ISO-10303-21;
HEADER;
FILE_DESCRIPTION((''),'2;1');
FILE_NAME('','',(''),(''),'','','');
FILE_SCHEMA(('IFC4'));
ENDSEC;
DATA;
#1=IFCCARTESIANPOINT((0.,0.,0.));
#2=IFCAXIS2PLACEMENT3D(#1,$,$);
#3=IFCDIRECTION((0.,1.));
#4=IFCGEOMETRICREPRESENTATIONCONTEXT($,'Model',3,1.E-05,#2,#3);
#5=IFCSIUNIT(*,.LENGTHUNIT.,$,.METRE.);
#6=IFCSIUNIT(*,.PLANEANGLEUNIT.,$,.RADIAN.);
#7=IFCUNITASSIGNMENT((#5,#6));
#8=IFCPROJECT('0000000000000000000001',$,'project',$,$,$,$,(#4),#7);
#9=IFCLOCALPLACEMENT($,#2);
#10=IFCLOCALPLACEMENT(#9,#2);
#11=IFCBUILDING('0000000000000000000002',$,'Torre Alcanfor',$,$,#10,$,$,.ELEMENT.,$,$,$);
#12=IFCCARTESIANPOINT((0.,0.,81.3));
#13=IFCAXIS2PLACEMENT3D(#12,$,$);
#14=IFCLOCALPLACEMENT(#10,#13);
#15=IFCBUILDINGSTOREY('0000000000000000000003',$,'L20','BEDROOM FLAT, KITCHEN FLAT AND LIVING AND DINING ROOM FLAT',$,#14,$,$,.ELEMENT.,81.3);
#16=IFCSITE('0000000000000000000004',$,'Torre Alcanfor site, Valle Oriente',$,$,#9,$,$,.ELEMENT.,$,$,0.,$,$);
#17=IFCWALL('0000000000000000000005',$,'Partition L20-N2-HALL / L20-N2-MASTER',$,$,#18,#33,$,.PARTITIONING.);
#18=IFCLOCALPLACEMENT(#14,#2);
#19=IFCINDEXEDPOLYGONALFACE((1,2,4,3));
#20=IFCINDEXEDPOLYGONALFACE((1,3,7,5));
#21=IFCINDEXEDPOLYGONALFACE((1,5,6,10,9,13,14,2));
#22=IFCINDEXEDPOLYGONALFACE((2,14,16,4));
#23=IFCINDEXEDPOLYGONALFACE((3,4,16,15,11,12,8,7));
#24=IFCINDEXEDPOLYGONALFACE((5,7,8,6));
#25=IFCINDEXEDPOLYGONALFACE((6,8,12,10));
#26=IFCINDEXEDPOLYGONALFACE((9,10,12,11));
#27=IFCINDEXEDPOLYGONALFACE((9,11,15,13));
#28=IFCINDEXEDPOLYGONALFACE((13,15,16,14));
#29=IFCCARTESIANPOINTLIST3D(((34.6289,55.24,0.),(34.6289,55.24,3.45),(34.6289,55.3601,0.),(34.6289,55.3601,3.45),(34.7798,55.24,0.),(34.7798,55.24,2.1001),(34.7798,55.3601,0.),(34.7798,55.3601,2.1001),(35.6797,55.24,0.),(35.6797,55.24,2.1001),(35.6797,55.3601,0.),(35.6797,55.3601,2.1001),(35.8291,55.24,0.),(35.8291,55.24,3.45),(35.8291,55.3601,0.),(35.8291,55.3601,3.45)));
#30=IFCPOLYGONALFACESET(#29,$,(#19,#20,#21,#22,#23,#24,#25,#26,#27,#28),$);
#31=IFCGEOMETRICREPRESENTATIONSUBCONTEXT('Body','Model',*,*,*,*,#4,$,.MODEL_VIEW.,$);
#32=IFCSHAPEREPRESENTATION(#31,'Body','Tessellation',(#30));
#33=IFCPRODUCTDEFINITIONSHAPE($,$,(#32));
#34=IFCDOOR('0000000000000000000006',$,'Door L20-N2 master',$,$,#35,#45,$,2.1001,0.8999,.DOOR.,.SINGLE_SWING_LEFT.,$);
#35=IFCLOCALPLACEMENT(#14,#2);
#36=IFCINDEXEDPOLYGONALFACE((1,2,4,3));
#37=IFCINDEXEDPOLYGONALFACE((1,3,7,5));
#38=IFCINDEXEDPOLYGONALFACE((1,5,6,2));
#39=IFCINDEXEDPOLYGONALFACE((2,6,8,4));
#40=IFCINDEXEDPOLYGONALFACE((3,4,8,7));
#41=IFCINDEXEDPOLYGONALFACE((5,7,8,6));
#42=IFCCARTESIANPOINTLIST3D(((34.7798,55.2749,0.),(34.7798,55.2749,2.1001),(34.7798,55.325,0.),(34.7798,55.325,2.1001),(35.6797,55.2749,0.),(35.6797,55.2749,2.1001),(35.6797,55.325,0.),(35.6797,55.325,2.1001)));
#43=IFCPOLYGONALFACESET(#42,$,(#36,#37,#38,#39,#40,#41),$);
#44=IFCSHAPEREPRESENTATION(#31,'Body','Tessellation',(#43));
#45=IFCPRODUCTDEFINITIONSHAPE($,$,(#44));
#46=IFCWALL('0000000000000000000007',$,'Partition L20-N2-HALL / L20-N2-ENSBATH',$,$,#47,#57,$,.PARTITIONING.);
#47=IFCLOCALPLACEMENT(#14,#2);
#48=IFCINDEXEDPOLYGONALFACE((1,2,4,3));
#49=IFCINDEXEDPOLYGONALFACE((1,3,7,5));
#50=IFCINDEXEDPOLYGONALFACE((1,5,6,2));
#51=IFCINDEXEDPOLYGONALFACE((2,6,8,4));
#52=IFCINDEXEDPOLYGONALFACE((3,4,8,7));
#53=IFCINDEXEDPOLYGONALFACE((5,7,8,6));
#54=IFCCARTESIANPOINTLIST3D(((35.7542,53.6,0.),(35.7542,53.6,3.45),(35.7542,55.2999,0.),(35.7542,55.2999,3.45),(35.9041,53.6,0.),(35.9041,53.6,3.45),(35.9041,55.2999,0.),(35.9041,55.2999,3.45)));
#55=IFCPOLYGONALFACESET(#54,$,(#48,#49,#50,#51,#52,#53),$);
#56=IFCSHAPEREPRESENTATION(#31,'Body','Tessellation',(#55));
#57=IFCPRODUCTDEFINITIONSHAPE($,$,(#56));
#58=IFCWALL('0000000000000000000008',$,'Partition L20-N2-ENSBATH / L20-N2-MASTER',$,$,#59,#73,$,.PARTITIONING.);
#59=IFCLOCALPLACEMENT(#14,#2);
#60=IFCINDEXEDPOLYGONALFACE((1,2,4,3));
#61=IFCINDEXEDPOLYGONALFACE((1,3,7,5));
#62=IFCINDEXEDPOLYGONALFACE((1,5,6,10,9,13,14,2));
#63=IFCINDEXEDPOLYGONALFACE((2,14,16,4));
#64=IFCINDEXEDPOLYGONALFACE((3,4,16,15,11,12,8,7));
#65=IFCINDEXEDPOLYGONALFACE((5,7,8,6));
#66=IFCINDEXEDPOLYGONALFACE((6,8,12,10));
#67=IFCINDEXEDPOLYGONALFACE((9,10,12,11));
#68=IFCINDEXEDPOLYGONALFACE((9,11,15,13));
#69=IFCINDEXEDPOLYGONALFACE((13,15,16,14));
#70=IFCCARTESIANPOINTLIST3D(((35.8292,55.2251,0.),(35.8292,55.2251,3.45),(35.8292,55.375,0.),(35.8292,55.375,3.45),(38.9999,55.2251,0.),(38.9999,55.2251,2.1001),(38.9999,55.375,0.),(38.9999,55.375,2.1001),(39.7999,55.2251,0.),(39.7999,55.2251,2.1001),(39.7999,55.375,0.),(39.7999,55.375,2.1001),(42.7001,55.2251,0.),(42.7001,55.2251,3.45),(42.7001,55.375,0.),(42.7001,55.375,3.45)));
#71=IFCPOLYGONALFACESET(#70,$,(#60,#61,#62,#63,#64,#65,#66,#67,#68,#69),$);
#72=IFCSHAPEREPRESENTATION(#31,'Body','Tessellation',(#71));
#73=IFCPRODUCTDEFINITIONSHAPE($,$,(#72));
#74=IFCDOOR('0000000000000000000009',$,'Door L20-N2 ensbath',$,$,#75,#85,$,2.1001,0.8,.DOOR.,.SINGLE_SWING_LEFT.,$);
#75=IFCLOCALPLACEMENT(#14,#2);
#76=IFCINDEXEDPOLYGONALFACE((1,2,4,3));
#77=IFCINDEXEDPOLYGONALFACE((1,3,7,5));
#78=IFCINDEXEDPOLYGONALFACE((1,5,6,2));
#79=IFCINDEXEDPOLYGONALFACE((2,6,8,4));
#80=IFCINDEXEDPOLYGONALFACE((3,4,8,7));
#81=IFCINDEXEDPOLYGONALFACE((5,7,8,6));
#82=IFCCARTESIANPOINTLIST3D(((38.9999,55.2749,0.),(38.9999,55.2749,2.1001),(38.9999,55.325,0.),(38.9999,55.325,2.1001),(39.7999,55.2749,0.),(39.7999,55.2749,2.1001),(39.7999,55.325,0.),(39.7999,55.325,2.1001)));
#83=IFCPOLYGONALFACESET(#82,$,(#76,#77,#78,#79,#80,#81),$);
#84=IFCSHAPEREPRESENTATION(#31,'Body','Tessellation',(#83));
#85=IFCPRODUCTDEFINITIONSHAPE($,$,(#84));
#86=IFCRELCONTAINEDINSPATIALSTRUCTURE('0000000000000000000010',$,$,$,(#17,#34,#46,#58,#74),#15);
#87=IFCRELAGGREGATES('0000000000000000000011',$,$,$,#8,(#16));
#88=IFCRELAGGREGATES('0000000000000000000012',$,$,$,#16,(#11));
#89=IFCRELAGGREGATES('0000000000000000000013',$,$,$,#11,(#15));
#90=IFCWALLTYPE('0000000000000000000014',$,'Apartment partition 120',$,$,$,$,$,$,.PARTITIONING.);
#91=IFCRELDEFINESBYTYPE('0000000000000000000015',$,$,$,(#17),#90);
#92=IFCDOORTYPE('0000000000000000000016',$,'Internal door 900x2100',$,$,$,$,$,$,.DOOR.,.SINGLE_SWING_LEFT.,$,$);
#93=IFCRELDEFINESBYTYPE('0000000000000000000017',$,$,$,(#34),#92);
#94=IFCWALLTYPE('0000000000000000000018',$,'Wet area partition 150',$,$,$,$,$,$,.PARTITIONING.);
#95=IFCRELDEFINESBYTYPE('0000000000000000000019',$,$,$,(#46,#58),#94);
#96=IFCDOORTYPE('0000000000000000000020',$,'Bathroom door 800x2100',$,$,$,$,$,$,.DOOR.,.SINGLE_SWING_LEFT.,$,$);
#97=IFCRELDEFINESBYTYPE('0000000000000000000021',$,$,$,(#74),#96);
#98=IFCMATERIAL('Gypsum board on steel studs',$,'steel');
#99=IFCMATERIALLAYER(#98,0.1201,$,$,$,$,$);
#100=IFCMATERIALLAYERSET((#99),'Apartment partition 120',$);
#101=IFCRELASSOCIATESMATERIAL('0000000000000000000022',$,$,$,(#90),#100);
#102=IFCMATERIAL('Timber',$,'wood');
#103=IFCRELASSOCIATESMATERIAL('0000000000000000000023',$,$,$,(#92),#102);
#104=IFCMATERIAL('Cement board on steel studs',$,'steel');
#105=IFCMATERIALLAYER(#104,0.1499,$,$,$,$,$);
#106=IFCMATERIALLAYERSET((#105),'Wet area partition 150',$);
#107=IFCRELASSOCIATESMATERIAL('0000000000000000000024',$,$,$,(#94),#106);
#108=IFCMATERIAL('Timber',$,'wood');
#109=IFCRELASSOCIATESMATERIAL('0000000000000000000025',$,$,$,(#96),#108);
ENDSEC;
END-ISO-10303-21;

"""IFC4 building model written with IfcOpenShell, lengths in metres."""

from ifc_helpers import new_model, si_unit, direction, frame, frame_2d, origin, place, context, subcontext, project, spatial, rectangle, extrude, material, layer, layer_set, type_object, element, fill, save


model = new_model("IFC4")

# Units and contexts
model_context = context("Model", 3, precision=1e-05, world=origin(), true_north=direction((0.0, 1.0)))
body_context = subcontext(model_context, "Body", "Model", "MODEL_VIEW")
ifc_project = project(units=[si_unit("LENGTHUNIT", "METRE"), si_unit("PLANEANGLEUNIT", "RADIAN")], contexts=[model_context])

# Site, building, storey
site_placement = place(None, origin())
site = spatial("IfcSite", under=ifc_project, at=site_placement, Name="Torre Alcanfor site, Valle Oriente", CompositionType="ELEMENT", RefElevation=0.0)
building_placement = place(site_placement, origin())
building = spatial("IfcBuilding", under=site, at=building_placement, Name="Torre Alcanfor", CompositionType="ELEMENT")
storey_placement = place(building_placement, frame((0.0, 0.0, 81.3)))
storey = spatial("IfcBuildingStorey", under=building, at=storey_placement, Name="L20", Description="BEDROOM FLAT, KITCHEN FLAT AND LIVING AND DINING ROOM FLAT", CompositionType="ELEMENT", Elevation=81.3)

# Shared definitions
ifc_material_1 = material(Name="Gypsum board on steel studs", Category="steel")
ifc_layer_1 = layer(ifc_material_1, 0.1201)
ifc_layer_set_1 = layer_set([ifc_layer_1], Name="Apartment partition 120")
wall_type_1 = type_object("IfcWallType", Name="Apartment partition 120", PredefinedType="PARTITIONING", material=ifc_layer_set_1)

# Wall, opening, door
wall_1_placement = place(storey_placement, frame((34.6289, 55.3, 0.0), z_axis=(0.0, 0.0, 1.0), x_axis=(1.0, 0.0, 0.0)))
wall_1 = element("IfcWall", 1, at=wall_1_placement, inside=storey, type_object=wall_type_1, Name="Partition L20-N2-HALL / L20-N2-MASTER", PredefinedType="PARTITIONING", context=body_context, shape_type="SweptSolid", body=[
    extrude(rectangle(XDim=1.2002, YDim=0.1201, at=frame_2d((0.6001, 0.0))), origin(), (0.0, 0.0, 1.0), 3.45),
])
opening_1_placement = place(wall_1_placement, frame((0.1509, 0.0, 0.0)))
opening_1 = element("IfcOpeningElement", 2, at=opening_1_placement, cuts=wall_1, PredefinedType="OPENING", context=body_context, shape_type="SweptSolid", body=[
    extrude(rectangle(XDim=0.8999, YDim=2.1001, at=frame_2d((0.45, 1.05))), frame((0.0, 0.0701, 0.0), z_axis=(0.0, -1.0, 0.0), x_axis=(1.0, 0.0, 0.0)), (0.0, 0.0, 1.0), 0.1401),
])
ifc_material_2 = material(Name="Timber", Category="wood")
door_type_1 = type_object("IfcDoorType", Name="Internal door 900x2100", OperationType="SINGLE_SWING_LEFT", PredefinedType="DOOR", material=ifc_material_2)
door_1_placement = place(opening_1_placement, origin())
door_1 = element("IfcDoor", 3, at=door_1_placement, inside=storey, type_object=door_type_1, Name="Door L20-N2 master", OperationType="SINGLE_SWING_LEFT", OverallHeight=2.1001, OverallWidth=0.8999, PredefinedType="DOOR", context=body_context, shape_type="SweptSolid", body=[
    extrude(rectangle(XDim=0.8999, YDim=2.1001, at=frame_2d((0.45, 1.05))), frame((0.0, 0.0249, 0.0), z_axis=(0.0, -1.0, 0.0), x_axis=(1.0, 0.0, 0.0)), (0.0, 0.0, 1.0), 0.05),
])
fill(opening_1, door_1)

# Wall
ifc_material_3 = material(Name="Cement board on steel studs", Category="steel")
ifc_layer_2 = layer(ifc_material_3, 0.1499)
ifc_layer_set_2 = layer_set([ifc_layer_2], Name="Wet area partition 150")
wall_type_2 = type_object("IfcWallType", Name="Wet area partition 150", PredefinedType="PARTITIONING", material=ifc_layer_set_2)
wall_2_placement = place(storey_placement, frame((35.8291, 55.3, 0.0), z_axis=(0.0, 0.0, 1.0), x_axis=(0.0, -1.0, 0.0)))
element("IfcWall", 4, at=wall_2_placement, inside=storey, type_object=wall_type_2, Name="Partition L20-N2-HALL / L20-N2-ENSBATH", PredefinedType="PARTITIONING", context=body_context, shape_type="SweptSolid", body=[
    extrude(rectangle(XDim=1.7, YDim=0.1499, at=frame_2d((0.8501, 0.0))), origin(), (0.0, 0.0, 1.0), 3.45),
])

# Wall, opening, door
wall_3_placement = place(storey_placement, frame((35.8291, 55.3, 0.0), z_axis=(0.0, 0.0, 1.0), x_axis=(1.0, 0.0, 0.0)))
wall_3 = element("IfcWall", 5, at=wall_3_placement, inside=storey, type_object=wall_type_2, Name="Partition L20-N2-ENSBATH / L20-N2-MASTER", PredefinedType="PARTITIONING", context=body_context, shape_type="SweptSolid", body=[
    extrude(rectangle(XDim=6.8708, YDim=0.1499, at=frame_2d((3.4355, 0.0))), origin(), (0.0, 0.0, 1.0), 3.45),
])
opening_2_placement = place(wall_3_placement, frame((3.1709, 0.0, 0.0)))
opening_2 = element("IfcOpeningElement", 6, at=opening_2_placement, cuts=wall_3, PredefinedType="OPENING", context=body_context, shape_type="SweptSolid", body=[
    extrude(rectangle(XDim=0.8, YDim=2.1001, at=frame_2d((0.3999, 1.05))), frame((0.0, 0.085, 0.0), z_axis=(0.0, -1.0, 0.0), x_axis=(1.0, 0.0, 0.0)), (0.0, 0.0, 1.0), 0.1699),
])
ifc_material_4 = material(Name="Timber", Category="wood")
door_type_2 = type_object("IfcDoorType", Name="Bathroom door 800x2100", OperationType="SINGLE_SWING_LEFT", PredefinedType="DOOR", material=ifc_material_4)
door_2_placement = place(opening_2_placement, frame((0.8, 0.0, 0.0), z_axis=(0.0, 0.0, 1.0), x_axis=(-1.0, 0.0, 0.0)))
door_2 = element("IfcDoor", 7, at=door_2_placement, inside=storey, type_object=door_type_2, Name="Door L20-N2 ensbath", OperationType="SINGLE_SWING_LEFT", OverallHeight=2.1001, OverallWidth=0.8, PredefinedType="DOOR", context=body_context, shape_type="SweptSolid", body=[
    extrude(rectangle(XDim=0.8, YDim=2.1001, at=frame_2d((0.4001, 1.05))), frame((0.0, 0.0251, 0.0), z_axis=(0.0, -1.0, 0.0), x_axis=(1.0, 0.0, 0.0)), (0.0, 0.0, 1.0), 0.05),
])
fill(opening_2, door_2)

save(model, "model.ifc")
